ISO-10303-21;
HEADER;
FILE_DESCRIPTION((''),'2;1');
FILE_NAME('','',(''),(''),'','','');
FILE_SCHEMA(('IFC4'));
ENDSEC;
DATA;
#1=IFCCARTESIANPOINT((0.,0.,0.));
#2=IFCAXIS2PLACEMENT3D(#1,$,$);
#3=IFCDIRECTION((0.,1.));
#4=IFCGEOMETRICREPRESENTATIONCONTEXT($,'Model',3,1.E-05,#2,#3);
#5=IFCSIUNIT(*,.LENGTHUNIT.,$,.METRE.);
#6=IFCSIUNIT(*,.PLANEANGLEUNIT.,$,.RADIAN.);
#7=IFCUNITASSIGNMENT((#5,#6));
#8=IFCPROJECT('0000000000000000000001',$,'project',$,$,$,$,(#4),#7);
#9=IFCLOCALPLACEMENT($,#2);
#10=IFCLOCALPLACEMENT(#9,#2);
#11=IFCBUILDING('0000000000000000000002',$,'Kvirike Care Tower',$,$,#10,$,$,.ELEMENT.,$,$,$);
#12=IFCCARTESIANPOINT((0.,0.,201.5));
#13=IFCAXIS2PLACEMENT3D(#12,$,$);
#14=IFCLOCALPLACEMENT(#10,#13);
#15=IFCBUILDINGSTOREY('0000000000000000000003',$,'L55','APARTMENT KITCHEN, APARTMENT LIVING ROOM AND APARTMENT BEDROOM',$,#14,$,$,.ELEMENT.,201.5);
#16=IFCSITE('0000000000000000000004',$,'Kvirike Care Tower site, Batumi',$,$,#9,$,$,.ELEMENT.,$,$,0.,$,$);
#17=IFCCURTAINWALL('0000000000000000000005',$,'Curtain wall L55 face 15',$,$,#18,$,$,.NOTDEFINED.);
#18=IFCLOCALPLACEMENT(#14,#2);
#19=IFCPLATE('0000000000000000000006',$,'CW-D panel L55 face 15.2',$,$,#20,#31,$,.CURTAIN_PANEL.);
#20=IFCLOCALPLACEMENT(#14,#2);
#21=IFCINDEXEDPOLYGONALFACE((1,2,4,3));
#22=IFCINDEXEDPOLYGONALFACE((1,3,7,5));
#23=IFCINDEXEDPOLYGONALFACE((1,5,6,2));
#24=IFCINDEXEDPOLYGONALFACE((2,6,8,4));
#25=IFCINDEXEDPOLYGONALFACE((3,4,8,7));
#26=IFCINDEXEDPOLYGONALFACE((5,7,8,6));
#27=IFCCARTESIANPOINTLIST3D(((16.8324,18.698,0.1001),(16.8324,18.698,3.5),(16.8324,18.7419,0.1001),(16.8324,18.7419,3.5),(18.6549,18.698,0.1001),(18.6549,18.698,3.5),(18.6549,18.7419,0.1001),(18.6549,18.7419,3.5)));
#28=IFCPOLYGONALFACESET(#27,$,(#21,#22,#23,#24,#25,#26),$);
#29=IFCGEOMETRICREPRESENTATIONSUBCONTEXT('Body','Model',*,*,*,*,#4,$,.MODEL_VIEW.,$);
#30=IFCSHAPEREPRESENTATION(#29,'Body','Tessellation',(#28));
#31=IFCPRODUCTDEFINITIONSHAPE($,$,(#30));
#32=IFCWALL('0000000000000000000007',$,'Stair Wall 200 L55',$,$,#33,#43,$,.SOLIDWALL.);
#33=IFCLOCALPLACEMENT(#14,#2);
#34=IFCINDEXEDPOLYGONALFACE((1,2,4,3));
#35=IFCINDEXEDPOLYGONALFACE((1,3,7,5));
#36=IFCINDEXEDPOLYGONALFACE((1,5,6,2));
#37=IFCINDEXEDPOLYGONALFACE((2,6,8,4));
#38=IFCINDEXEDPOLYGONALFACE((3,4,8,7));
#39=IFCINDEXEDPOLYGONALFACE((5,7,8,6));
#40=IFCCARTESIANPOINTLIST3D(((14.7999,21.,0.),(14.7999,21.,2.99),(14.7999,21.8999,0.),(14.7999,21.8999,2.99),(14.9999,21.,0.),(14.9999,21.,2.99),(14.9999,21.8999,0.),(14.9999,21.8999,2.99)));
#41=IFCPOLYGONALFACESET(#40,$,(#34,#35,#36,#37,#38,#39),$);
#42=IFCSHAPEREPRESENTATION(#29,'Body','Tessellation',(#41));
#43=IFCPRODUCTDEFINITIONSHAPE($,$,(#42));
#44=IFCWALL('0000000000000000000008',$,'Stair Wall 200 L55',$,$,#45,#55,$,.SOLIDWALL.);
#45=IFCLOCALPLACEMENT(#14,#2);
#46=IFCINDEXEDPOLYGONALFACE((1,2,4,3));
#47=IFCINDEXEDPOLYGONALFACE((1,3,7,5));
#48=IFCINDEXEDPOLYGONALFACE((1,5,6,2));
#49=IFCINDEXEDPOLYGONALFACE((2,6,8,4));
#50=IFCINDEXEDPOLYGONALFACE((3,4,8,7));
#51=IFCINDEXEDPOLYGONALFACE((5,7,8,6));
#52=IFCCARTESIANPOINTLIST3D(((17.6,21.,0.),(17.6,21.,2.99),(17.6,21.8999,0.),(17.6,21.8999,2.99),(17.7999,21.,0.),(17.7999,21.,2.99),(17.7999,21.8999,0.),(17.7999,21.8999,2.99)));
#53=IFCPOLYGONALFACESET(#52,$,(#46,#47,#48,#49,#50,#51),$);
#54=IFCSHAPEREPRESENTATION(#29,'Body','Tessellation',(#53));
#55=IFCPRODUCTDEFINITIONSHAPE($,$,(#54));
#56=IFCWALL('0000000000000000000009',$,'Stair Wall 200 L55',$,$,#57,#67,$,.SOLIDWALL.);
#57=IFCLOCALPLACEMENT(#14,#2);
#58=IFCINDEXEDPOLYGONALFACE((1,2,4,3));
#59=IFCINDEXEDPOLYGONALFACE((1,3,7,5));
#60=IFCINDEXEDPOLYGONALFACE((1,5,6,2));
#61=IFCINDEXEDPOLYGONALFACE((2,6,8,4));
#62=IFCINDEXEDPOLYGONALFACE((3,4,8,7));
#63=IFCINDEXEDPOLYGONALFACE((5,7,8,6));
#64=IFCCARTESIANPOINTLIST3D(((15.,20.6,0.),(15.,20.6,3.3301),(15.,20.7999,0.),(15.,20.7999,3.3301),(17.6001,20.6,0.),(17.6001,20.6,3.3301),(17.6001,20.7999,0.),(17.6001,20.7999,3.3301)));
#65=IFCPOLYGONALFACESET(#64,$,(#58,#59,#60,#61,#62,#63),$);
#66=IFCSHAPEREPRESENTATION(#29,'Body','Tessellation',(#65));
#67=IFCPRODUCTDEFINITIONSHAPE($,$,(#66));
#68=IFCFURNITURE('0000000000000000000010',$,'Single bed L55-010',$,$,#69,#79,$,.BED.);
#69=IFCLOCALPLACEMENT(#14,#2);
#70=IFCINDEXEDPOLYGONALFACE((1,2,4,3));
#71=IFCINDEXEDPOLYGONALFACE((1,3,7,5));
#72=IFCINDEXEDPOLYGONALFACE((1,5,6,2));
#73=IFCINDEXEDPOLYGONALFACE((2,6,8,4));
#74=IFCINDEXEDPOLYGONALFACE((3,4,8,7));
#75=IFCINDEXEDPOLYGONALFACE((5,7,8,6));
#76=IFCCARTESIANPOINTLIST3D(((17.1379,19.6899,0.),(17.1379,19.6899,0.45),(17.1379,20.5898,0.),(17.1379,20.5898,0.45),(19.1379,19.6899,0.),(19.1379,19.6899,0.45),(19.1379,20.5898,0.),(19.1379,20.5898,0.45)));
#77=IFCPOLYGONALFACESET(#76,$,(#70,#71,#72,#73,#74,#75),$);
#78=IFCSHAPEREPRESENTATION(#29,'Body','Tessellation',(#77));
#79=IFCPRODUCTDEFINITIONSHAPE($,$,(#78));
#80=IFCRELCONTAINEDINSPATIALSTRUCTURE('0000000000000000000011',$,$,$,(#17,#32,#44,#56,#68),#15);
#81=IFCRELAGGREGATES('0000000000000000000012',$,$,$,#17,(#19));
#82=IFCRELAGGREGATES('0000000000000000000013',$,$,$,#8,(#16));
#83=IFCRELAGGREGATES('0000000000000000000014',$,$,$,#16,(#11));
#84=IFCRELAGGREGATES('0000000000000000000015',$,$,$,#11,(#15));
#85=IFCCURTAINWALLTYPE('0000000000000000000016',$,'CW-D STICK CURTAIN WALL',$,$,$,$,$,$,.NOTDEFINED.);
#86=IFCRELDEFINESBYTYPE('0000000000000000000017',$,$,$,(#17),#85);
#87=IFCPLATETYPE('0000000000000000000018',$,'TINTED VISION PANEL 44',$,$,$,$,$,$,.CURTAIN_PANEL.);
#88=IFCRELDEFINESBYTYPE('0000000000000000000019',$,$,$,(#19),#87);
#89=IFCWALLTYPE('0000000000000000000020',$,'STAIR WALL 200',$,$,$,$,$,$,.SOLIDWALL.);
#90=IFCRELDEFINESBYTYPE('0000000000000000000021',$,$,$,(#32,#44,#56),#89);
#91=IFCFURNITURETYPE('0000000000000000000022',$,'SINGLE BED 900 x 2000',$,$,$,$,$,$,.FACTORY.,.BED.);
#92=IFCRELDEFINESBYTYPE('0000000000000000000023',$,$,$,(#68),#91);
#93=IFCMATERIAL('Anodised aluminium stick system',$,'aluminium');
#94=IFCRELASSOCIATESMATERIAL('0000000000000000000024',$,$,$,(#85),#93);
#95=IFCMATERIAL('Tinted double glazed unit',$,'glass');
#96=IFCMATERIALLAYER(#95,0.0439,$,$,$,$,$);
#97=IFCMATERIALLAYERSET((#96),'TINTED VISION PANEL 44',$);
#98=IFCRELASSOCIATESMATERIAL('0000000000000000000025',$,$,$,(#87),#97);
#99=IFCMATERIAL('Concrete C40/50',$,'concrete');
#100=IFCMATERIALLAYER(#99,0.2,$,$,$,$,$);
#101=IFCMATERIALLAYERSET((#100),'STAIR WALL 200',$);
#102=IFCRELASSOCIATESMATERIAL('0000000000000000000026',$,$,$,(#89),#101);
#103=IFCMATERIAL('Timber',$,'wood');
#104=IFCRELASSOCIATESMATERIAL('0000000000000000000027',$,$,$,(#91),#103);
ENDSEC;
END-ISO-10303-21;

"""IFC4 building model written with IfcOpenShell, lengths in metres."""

from ifc_helpers import new_model, si_unit, direction, frame, frame_2d, origin, origin_2d, place, context, subcontext, project, spatial, rectangle, extrude, material, layer, layer_set, type_object, element, aggregate, save


model = new_model("IFC4")

# Units and contexts
model_context = context("Model", 3, precision=1e-05, world=origin(), true_north=direction((0.0, 1.0)))
body_context = subcontext(model_context, "Body", "Model", "MODEL_VIEW")
ifc_project = project(units=[si_unit("LENGTHUNIT", "METRE"), si_unit("PLANEANGLEUNIT", "RADIAN")], contexts=[model_context])

# Site, building, storey
site_placement = place(None, origin())
site = spatial("IfcSite", under=ifc_project, at=site_placement, Name="Kvirike Care Tower site, Batumi", CompositionType="ELEMENT", RefElevation=0.0)
building_placement = place(site_placement, origin())
building = spatial("IfcBuilding", under=site, at=building_placement, Name="Kvirike Care Tower", CompositionType="ELEMENT")
storey_placement = place(building_placement, frame((0.0, 0.0, 201.5)))
storey = spatial("IfcBuildingStorey", under=building, at=storey_placement, Name="L55", Description="APARTMENT KITCHEN, APARTMENT LIVING ROOM AND APARTMENT BEDROOM", CompositionType="ELEMENT", Elevation=201.5)

# Curtain wall
ifc_material_1 = material(Name="Anodised aluminium stick system", Category="aluminium")
curtain_wall_type = type_object("IfcCurtainWallType", Name="CW-D STICK CURTAIN WALL", PredefinedType="NOTDEFINED", material=ifc_material_1)
curtain_wall_1_placement = place(storey_placement, origin())
curtain_wall_1 = element("IfcCurtainWall", 1, at=curtain_wall_1_placement, inside=storey, type_object=curtain_wall_type, Name="Curtain wall L55 face 15", PredefinedType="NOTDEFINED")

# Plate
ifc_material_2 = material(Name="Tinted double glazed unit", Category="glass")
ifc_layer_1 = layer(ifc_material_2, 0.0439)
ifc_layer_set_1 = layer_set([ifc_layer_1], Name="TINTED VISION PANEL 44")
plate_type = type_object("IfcPlateType", Name="TINTED VISION PANEL 44", PredefinedType="CURTAIN_PANEL", material=ifc_layer_set_1)
plate_1_placement = place(storey_placement, frame((17.7437, 18.72, 0.1001), z_axis=(0.0, 0.0, 1.0), x_axis=(1.0, 0.0, 0.0)))
plate_1 = element("IfcPlate", 2, at=plate_1_placement, type_object=plate_type, Name="CW-D panel L55 face 15.2", PredefinedType="CURTAIN_PANEL", context=body_context, shape_type="SweptSolid", body=[
    extrude(rectangle(XDim=1.8225, YDim=0.0439, at=origin_2d()), origin(), (0.0, 0.0, 1.0), 3.3999),
])
aggregate(curtain_wall_1, [plate_1])

# Walls
ifc_material_3 = material(Name="Concrete C40/50", Category="concrete")
ifc_layer_2 = layer(ifc_material_3, 0.2)
ifc_layer_set_2 = layer_set([ifc_layer_2], Name="STAIR WALL 200")
wall_type = type_object("IfcWallType", Name="STAIR WALL 200", PredefinedType="SOLIDWALL", material=ifc_layer_set_2)
for number, where, z_axis, x_axis, name in (
    (3, (14.8999, 21.0, 0.0), (0.0, 0.0, 1.0), (0.0, 1.0, 0.0), "Stair Wall 200 L55"),
    (4, (17.7, 21.0, 0.0), (0.0, 0.0, 1.0), (0.0, 1.0, 0.0), "Stair Wall 200 L55"),
):
    element("IfcWall", number, at=place(storey_placement, frame(where, z_axis=z_axis, x_axis=x_axis)), inside=storey, type_object=wall_type, Name=name, PredefinedType="SOLIDWALL", context=body_context, shape_type="SweptSolid", body=[
        extrude(rectangle(XDim=0.8999, YDim=0.2, at=frame_2d((0.45, 0.0))), origin(), (0.0, 0.0, 1.0), 2.99),
    ])
wall_placement = place(storey_placement, frame((15.0, 20.7, 0.0), z_axis=(0.0, 0.0, 1.0), x_axis=(1.0, 0.0, 0.0)))
element("IfcWall", 5, at=wall_placement, inside=storey, type_object=wall_type, Name="Stair Wall 200 L55", PredefinedType="SOLIDWALL", context=body_context, shape_type="SweptSolid", body=[
    extrude(rectangle(XDim=2.6001, YDim=0.2, at=frame_2d((1.3, 0.0))), origin(), (0.0, 0.0, 1.0), 3.3301),
])

# Furniture
ifc_material_4 = material(Name="Timber", Category="wood")
furniture_type = type_object("IfcFurnitureType", Name="SINGLE BED 900 x 2000", AssemblyPlace="FACTORY", PredefinedType="BED", material=ifc_material_4)
furniture_placement = place(storey_placement, frame((18.1379, 20.1399, 0.0), z_axis=(0.0, 0.0, 1.0), x_axis=(0.0, -1.0, 0.0)))
element("IfcFurniture", 6, at=furniture_placement, inside=storey, type_object=furniture_type, Name="Single bed L55-010", PredefinedType="BED", context=body_context, shape_type="SweptSolid", body=[
    extrude(rectangle(XDim=0.8999, YDim=2.0, at=origin_2d()), origin(), (0.0, 0.0, 1.0), 0.45),
])

save(model, "model.ifc")
